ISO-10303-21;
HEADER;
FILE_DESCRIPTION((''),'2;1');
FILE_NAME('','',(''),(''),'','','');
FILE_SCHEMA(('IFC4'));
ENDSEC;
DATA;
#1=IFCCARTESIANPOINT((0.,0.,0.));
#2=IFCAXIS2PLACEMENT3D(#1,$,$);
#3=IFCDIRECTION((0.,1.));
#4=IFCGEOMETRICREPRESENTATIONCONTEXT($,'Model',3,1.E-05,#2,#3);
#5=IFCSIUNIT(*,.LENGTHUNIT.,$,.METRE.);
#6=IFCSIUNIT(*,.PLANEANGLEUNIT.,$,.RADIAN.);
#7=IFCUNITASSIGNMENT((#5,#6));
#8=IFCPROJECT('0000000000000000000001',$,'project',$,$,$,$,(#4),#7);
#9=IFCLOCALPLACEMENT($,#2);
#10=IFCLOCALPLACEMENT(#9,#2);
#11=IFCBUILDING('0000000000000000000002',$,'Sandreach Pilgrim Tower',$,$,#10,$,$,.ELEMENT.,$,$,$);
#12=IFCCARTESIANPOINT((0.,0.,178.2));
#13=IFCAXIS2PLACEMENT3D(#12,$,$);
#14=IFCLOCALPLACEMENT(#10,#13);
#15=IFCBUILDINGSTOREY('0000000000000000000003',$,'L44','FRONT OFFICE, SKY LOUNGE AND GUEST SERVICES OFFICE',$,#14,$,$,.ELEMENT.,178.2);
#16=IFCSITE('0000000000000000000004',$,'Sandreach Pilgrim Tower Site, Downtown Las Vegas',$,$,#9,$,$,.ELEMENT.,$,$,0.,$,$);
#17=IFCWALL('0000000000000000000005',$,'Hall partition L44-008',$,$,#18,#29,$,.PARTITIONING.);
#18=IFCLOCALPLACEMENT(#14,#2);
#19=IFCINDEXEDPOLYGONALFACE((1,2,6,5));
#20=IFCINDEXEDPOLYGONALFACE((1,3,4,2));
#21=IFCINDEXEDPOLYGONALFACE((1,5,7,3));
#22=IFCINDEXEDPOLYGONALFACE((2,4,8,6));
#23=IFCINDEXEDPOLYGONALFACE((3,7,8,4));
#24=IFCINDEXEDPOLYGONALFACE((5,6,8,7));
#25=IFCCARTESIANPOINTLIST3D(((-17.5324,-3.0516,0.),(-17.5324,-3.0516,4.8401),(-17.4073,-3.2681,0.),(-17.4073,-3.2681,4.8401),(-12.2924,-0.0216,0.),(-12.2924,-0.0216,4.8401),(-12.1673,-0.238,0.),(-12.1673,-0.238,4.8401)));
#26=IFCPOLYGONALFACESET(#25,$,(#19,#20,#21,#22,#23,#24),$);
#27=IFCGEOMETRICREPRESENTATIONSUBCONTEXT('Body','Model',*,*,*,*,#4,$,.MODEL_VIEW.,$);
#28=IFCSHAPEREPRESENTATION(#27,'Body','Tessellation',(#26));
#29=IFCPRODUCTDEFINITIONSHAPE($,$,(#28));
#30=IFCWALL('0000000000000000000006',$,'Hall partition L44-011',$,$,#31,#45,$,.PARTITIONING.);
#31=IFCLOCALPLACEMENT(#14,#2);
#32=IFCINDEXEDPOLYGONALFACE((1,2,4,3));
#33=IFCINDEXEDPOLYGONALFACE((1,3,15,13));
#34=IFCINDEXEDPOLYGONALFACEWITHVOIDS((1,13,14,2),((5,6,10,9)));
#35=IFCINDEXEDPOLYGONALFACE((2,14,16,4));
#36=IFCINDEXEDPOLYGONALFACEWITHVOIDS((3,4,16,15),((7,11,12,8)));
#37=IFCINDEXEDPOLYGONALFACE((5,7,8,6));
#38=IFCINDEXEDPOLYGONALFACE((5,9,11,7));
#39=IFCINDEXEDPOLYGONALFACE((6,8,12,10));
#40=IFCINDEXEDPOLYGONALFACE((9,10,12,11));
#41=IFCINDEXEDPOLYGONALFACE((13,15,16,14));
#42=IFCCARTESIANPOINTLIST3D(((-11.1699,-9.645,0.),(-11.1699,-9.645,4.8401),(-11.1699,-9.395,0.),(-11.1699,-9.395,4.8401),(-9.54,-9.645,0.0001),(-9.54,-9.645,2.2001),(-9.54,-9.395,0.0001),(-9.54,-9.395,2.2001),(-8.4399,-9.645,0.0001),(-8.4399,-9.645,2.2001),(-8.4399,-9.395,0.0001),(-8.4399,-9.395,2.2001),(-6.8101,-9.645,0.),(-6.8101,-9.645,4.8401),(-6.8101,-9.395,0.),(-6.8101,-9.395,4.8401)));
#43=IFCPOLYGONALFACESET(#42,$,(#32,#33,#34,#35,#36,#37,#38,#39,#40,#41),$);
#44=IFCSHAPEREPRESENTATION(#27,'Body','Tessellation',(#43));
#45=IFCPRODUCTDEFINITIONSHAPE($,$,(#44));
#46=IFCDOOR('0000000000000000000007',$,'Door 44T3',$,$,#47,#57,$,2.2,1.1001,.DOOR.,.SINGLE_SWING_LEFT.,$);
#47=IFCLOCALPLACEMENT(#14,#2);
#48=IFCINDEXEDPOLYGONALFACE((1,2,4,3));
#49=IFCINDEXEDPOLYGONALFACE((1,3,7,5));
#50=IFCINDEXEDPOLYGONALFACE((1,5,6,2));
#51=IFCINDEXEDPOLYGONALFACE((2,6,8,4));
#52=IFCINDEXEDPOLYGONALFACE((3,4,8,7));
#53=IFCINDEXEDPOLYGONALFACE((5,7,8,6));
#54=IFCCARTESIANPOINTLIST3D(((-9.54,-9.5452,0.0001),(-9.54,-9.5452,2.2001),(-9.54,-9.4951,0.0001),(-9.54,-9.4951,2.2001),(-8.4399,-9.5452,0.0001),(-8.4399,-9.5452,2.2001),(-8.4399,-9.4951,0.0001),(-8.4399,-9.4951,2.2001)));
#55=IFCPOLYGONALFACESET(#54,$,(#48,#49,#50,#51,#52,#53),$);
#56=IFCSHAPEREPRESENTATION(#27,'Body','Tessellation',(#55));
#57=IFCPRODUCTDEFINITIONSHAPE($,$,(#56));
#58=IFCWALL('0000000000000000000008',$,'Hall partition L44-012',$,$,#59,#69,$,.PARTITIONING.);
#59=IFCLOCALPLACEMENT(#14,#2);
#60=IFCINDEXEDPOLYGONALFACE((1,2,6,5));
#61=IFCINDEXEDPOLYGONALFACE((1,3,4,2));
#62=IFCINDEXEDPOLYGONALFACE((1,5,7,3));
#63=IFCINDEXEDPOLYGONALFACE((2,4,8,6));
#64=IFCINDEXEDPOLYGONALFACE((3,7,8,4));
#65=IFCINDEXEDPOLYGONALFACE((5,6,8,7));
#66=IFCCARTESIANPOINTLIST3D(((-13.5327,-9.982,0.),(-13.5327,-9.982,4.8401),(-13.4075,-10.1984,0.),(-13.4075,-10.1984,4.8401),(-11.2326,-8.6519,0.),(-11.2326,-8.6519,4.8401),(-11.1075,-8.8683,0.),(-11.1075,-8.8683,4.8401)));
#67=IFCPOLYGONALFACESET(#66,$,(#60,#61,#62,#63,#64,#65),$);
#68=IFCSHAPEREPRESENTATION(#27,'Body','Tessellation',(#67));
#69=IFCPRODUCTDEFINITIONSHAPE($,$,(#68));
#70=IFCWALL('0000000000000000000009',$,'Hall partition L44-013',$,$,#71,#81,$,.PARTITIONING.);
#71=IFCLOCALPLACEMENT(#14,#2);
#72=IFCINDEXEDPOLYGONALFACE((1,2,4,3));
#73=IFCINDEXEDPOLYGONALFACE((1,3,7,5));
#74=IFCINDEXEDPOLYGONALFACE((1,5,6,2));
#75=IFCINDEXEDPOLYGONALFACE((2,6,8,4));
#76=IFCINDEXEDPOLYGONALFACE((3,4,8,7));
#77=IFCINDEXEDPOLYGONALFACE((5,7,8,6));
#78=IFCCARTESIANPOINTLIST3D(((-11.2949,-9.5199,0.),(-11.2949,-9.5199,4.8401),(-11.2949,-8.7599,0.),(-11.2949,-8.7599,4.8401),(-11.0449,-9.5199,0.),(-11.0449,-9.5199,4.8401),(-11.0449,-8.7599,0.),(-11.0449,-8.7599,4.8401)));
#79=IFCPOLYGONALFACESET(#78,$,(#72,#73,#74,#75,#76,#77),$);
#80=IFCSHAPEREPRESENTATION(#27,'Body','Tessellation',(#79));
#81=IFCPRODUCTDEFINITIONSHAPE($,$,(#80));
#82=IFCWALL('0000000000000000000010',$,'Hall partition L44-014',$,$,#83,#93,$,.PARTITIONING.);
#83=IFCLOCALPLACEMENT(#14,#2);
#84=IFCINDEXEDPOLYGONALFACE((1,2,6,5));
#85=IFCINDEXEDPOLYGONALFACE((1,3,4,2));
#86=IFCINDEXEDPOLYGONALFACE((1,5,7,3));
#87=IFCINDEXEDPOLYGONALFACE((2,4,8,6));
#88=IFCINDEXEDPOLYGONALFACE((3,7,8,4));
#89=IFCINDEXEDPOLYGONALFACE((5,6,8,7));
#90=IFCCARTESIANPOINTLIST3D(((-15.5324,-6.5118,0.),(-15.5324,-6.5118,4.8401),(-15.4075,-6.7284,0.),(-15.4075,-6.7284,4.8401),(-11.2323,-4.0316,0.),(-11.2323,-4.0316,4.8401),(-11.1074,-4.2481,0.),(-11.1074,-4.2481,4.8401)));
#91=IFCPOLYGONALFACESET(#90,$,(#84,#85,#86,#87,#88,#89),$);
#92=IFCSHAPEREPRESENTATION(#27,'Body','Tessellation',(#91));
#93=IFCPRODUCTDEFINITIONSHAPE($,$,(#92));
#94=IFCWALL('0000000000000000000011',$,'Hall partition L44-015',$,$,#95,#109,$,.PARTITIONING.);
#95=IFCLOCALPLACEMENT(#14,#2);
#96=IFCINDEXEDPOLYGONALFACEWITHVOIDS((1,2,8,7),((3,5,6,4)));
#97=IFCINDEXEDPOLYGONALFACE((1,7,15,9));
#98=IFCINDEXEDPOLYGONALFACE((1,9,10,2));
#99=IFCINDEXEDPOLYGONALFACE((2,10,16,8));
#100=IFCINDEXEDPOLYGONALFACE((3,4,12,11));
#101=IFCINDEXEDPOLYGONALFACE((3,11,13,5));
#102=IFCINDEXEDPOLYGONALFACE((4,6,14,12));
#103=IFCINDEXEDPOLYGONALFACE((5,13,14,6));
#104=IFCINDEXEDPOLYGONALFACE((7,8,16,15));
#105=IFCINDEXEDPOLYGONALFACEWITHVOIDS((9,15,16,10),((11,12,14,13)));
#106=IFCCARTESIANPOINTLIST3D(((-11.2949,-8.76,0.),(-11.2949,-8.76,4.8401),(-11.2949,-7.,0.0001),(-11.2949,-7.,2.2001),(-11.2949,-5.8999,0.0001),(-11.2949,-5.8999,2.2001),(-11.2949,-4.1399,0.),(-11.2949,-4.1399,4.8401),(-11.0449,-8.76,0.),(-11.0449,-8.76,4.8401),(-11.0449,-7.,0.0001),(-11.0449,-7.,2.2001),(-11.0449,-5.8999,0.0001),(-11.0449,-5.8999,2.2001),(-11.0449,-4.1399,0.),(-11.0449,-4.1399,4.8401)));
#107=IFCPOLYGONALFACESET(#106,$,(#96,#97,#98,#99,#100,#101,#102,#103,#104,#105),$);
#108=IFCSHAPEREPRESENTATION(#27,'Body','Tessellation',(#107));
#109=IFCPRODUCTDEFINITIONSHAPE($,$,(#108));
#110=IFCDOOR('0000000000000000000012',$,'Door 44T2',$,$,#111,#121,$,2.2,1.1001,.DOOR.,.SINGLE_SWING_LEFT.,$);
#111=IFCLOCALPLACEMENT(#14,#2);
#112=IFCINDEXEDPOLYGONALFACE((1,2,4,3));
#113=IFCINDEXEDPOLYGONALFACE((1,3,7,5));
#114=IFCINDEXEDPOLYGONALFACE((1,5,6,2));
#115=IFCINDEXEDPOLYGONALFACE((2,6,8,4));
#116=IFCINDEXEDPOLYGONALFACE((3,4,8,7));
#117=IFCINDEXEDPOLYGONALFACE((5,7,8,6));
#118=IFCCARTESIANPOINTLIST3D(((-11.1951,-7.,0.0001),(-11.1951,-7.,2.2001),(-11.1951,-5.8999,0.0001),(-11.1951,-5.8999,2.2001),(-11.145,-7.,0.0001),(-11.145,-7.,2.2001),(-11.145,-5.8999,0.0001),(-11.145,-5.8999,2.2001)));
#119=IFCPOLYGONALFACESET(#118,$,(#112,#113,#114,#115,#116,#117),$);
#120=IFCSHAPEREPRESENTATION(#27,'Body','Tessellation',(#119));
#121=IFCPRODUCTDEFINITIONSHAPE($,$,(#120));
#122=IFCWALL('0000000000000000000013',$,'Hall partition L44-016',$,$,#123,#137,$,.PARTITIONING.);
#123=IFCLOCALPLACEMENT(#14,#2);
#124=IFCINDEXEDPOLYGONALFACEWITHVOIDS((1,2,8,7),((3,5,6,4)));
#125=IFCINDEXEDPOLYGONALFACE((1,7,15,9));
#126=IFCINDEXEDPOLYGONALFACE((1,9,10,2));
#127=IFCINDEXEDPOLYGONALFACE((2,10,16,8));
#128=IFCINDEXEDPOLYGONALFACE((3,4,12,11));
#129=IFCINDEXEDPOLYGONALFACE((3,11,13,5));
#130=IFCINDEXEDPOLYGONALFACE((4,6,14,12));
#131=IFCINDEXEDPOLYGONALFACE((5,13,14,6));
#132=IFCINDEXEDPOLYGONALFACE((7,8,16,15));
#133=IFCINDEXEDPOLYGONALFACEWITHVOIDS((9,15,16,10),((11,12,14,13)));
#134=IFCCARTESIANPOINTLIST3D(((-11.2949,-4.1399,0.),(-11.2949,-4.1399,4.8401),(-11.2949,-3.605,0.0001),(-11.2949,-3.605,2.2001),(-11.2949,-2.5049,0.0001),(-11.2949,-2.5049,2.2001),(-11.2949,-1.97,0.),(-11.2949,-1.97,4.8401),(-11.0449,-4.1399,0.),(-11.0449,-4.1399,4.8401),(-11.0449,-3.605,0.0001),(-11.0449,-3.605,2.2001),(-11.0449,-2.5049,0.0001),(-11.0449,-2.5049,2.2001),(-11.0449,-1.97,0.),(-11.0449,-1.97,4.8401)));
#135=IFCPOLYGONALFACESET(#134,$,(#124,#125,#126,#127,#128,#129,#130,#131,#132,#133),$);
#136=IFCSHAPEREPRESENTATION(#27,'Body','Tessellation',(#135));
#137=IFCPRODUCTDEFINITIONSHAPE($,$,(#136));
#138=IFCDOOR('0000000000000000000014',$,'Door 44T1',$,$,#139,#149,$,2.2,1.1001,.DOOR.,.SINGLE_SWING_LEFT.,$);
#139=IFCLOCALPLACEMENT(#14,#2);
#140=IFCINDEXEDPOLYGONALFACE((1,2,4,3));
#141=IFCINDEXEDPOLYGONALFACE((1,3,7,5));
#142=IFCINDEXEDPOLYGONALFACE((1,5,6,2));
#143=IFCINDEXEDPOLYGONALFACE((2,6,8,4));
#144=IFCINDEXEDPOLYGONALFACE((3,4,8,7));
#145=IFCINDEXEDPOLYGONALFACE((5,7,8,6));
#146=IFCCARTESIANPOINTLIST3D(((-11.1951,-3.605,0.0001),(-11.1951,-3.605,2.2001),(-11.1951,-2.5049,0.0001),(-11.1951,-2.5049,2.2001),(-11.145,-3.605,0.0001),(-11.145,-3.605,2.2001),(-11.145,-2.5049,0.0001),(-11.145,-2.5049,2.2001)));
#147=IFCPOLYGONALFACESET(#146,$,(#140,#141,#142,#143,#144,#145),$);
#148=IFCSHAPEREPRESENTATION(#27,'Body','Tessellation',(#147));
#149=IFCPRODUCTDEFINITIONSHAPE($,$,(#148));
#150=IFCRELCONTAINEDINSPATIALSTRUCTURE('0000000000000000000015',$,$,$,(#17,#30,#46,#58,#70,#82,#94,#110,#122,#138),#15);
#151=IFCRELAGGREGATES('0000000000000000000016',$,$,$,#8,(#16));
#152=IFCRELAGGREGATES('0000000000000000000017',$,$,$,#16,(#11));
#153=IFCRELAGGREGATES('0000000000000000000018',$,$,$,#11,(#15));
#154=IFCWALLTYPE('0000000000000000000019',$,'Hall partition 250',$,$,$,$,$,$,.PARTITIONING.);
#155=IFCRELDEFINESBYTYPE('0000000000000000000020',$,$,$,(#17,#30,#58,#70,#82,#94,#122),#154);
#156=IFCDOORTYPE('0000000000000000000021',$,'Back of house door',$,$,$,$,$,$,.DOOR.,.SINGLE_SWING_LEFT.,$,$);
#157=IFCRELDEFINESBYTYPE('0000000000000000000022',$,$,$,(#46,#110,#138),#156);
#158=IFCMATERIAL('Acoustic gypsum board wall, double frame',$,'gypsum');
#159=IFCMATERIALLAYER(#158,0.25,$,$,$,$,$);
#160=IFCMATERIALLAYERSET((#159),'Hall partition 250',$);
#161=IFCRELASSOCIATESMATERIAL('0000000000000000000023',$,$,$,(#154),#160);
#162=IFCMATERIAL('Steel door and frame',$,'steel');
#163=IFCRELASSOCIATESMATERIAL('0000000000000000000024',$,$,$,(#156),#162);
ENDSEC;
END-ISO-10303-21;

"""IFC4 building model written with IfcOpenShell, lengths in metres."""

from ifc_helpers import new_model, si_unit, direction, frame, frame_2d, origin, place, context, subcontext, project, spatial, rectangle, extrude, material, layer, layer_set, type_object, element, fill, save


model = new_model("IFC4")

# Units and contexts
model_context = context("Model", 3, precision=1e-05, world=origin(), true_north=direction((0.0, 1.0)))
body_context = subcontext(model_context, "Body", "Model", "MODEL_VIEW")
ifc_project = project(units=[si_unit("LENGTHUNIT", "METRE"), si_unit("PLANEANGLEUNIT", "RADIAN")], contexts=[model_context])

# Site, building, storey
site_placement = place(None, origin())
site = spatial("IfcSite", under=ifc_project, at=site_placement, Name="Sandreach Pilgrim Tower Site, Downtown Las Vegas", CompositionType="ELEMENT", RefElevation=0.0)
building_placement = place(site_placement, origin())
building = spatial("IfcBuilding", under=site, at=building_placement, Name="Sandreach Pilgrim Tower", CompositionType="ELEMENT")
storey_placement = place(building_placement, frame((0.0, 0.0, 178.2)))
storey = spatial("IfcBuildingStorey", under=building, at=storey_placement, Name="L44", Description="FRONT OFFICE, SKY LOUNGE AND GUEST SERVICES OFFICE", CompositionType="ELEMENT", Elevation=178.2)

# Wall
ifc_material_1 = material(Name="Acoustic gypsum board wall, double frame", Category="gypsum")
ifc_layer_1 = layer(ifc_material_1, 0.25)
ifc_layer_set_1 = layer_set([ifc_layer_1], Name="Hall partition 250")
wall_type_1 = type_object("IfcWallType", Name="Hall partition 250", PredefinedType="PARTITIONING", material=ifc_layer_set_1)
wall_1_placement = place(storey_placement, frame((-12.23, -0.1299, 0.0), z_axis=(0.0, 0.0, 1.0), x_axis=(-0.865688, -0.500585, 0.0)))
element("IfcWall", 1, at=wall_1_placement, inside=storey, type_object=wall_type_1, Name="Hall partition L44-008", PredefinedType="PARTITIONING", context=body_context, shape_type="SweptSolid", body=[
    extrude(rectangle(XDim=6.053, YDim=0.25, at=frame_2d((3.0264, 0.0))), origin(), (0.0, 0.0, 1.0), 4.8401),
])

# Wall, opening, door
wall_2_placement = place(storey_placement, frame((-11.1699, -9.52, 0.0), z_axis=(0.0, 0.0, 1.0), x_axis=(1.0, 0.0, 0.0)))
wall_2 = element("IfcWall", 2, at=wall_2_placement, inside=storey, type_object=wall_type_1, Name="Hall partition L44-011", PredefinedType="PARTITIONING", context=body_context, shape_type="SweptSolid", body=[
    extrude(rectangle(XDim=4.3599, YDim=0.25, at=frame_2d((2.1799, 0.0))), origin(), (0.0, 0.0, 1.0), 4.8401),
])
opening_1_placement = place(wall_2_placement, frame((1.6299, 0.0, 0.0)))
opening_1 = element("IfcOpeningElement", 3, at=opening_1_placement, cuts=wall_2, PredefinedType="OPENING", context=body_context, shape_type="SweptSolid", body=[
    extrude(rectangle(XDim=1.1001, YDim=2.2, at=frame_2d((0.55, 1.1001))), frame((0.0, 0.125, 0.0), z_axis=(0.0, -1.0, 0.0), x_axis=(1.0, 0.0, 0.0)), (0.0, 0.0, 1.0), 0.25),
])
ifc_material_2 = material(Name="Steel door and frame", Category="steel")
door_type = type_object("IfcDoorType", Name="Back of house door", OperationType="SINGLE_SWING_LEFT", PredefinedType="DOOR", material=ifc_material_2)
door_1_placement = place(opening_1_placement, origin())
door_1 = element("IfcDoor", 4, at=door_1_placement, inside=storey, type_object=door_type, Name="Door 44T3", OperationType="SINGLE_SWING_LEFT", OverallHeight=2.2, OverallWidth=1.1001, PredefinedType="DOOR", context=body_context, shape_type="SweptSolid", body=[
    extrude(rectangle(XDim=1.1001, YDim=2.2, at=frame_2d((0.55, 1.1001))), frame((0.0, 0.0249, 0.0), z_axis=(0.0, -1.0, 0.0), x_axis=(1.0, 0.0, 0.0)), (0.0, 0.0, 1.0), 0.05),
])
fill(opening_1, door_1)

# Walls
wall_3_placement = place(storey_placement, frame((-11.1699, -8.76, 0.0), z_axis=(0.0, 0.0, 1.0), x_axis=(-0.865676, -0.500605, 0.0)))
element("IfcWall", 5, at=wall_3_placement, inside=storey, type_object=wall_type_1, Name="Hall partition L44-012", PredefinedType="PARTITIONING", context=body_context, shape_type="SweptSolid", body=[
    extrude(rectangle(XDim=2.657, YDim=0.25, at=frame_2d((1.3286, 0.0))), origin(), (0.0, 0.0, 1.0), 4.8401),
])
wall_4_placement = place(storey_placement, frame((-11.1699, -8.76, 0.0), z_axis=(0.0, 0.0, 1.0), x_axis=(0.0, -1.0, 0.0)))
element("IfcWall", 6, at=wall_4_placement, inside=storey, type_object=wall_type_1, Name="Hall partition L44-013", PredefinedType="PARTITIONING", context=body_context, shape_type="SweptSolid", body=[
    extrude(rectangle(XDim=0.76, YDim=0.25, at=frame_2d((0.3799, 0.0))), origin(), (0.0, 0.0, 1.0), 4.8401),
])
wall_5_placement = place(storey_placement, frame((-11.1699, -4.1399, 0.0), z_axis=(0.0, 0.0, 1.0), x_axis=(-0.866236, -0.499636, 0.0)))
element("IfcWall", 7, at=wall_5_placement, inside=storey, type_object=wall_type_1, Name="Hall partition L44-014", PredefinedType="PARTITIONING", context=body_context, shape_type="SweptSolid", body=[
    extrude(rectangle(XDim=4.9641, YDim=0.25, at=frame_2d((2.4819, 0.0))), origin(), (0.0, 0.0, 1.0), 4.8401),
])

# Walls, openings, doors
wall_6_placement = place(storey_placement, frame((-11.1699, -4.1399, 0.0), z_axis=(0.0, 0.0, 1.0), x_axis=(0.0, -1.0, 0.0)))
wall_6 = element("IfcWall", 8, at=wall_6_placement, inside=storey, type_object=wall_type_1, Name="Hall partition L44-015", PredefinedType="PARTITIONING", context=body_context, shape_type="SweptSolid", body=[
    extrude(rectangle(XDim=4.6201, YDim=0.25, at=frame_2d((2.3101, 0.0))), origin(), (0.0, 0.0, 1.0), 4.8401),
])
opening_2_placement = place(wall_6_placement, frame((1.76, 0.0, 0.0)))
opening_2 = element("IfcOpeningElement", 9, at=opening_2_placement, cuts=wall_6, PredefinedType="OPENING", context=body_context, shape_type="SweptSolid", body=[
    extrude(rectangle(XDim=1.1001, YDim=2.2, at=frame_2d((0.55, 1.1001))), frame((0.0, 0.125, 0.0), z_axis=(0.0, -1.0, 0.0), x_axis=(1.0, 0.0, 0.0)), (0.0, 0.0, 1.0), 0.25),
])
door_2_placement = place(opening_2_placement, origin())
door_2 = element("IfcDoor", 10, at=door_2_placement, inside=storey, type_object=door_type, Name="Door 44T2", OperationType="SINGLE_SWING_LEFT", OverallHeight=2.2, OverallWidth=1.1001, PredefinedType="DOOR", context=body_context, shape_type="SweptSolid", body=[
    extrude(rectangle(XDim=1.1001, YDim=2.2, at=frame_2d((0.55, 1.1001))), frame((0.0, 0.0249, 0.0), z_axis=(0.0, -1.0, 0.0), x_axis=(1.0, 0.0, 0.0)), (0.0, 0.0, 1.0), 0.05),
])
fill(opening_2, door_2)
wall_7_placement = place(storey_placement, frame((-11.1699, -1.97, 0.0), z_axis=(0.0, 0.0, 1.0), x_axis=(0.0, -1.0, 0.0)))
wall_7 = element("IfcWall", 11, at=wall_7_placement, inside=storey, type_object=wall_type_1, Name="Hall partition L44-016", PredefinedType="PARTITIONING", context=body_context, shape_type="SweptSolid", body=[
    extrude(rectangle(XDim=2.1699, YDim=0.25, at=frame_2d((1.085, 0.0))), origin(), (0.0, 0.0, 1.0), 4.8401),
])
opening_3_placement = place(wall_7_placement, frame((0.5349, 0.0, 0.0)))
opening_3 = element("IfcOpeningElement", 12, at=opening_3_placement, cuts=wall_7, PredefinedType="OPENING", context=body_context, shape_type="SweptSolid", body=[
    extrude(rectangle(XDim=1.1001, YDim=2.2, at=frame_2d((0.55, 1.1001))), frame((0.0, 0.125, 0.0), z_axis=(0.0, -1.0, 0.0), x_axis=(1.0, 0.0, 0.0)), (0.0, 0.0, 1.0), 0.25),
])
door_3_placement = place(opening_3_placement, origin())
door_3 = element("IfcDoor", 13, at=door_3_placement, inside=storey, type_object=door_type, Name="Door 44T1", OperationType="SINGLE_SWING_LEFT", OverallHeight=2.2, OverallWidth=1.1001, PredefinedType="DOOR", context=body_context, shape_type="SweptSolid", body=[
    extrude(rectangle(XDim=1.1001, YDim=2.2, at=frame_2d((0.55, 1.1001))), frame((0.0, 0.0249, 0.0), z_axis=(0.0, -1.0, 0.0), x_axis=(1.0, 0.0, 0.0)), (0.0, 0.0, 1.0), 0.05),
])
fill(opening_3, door_3)

save(model, "model.ifc")
